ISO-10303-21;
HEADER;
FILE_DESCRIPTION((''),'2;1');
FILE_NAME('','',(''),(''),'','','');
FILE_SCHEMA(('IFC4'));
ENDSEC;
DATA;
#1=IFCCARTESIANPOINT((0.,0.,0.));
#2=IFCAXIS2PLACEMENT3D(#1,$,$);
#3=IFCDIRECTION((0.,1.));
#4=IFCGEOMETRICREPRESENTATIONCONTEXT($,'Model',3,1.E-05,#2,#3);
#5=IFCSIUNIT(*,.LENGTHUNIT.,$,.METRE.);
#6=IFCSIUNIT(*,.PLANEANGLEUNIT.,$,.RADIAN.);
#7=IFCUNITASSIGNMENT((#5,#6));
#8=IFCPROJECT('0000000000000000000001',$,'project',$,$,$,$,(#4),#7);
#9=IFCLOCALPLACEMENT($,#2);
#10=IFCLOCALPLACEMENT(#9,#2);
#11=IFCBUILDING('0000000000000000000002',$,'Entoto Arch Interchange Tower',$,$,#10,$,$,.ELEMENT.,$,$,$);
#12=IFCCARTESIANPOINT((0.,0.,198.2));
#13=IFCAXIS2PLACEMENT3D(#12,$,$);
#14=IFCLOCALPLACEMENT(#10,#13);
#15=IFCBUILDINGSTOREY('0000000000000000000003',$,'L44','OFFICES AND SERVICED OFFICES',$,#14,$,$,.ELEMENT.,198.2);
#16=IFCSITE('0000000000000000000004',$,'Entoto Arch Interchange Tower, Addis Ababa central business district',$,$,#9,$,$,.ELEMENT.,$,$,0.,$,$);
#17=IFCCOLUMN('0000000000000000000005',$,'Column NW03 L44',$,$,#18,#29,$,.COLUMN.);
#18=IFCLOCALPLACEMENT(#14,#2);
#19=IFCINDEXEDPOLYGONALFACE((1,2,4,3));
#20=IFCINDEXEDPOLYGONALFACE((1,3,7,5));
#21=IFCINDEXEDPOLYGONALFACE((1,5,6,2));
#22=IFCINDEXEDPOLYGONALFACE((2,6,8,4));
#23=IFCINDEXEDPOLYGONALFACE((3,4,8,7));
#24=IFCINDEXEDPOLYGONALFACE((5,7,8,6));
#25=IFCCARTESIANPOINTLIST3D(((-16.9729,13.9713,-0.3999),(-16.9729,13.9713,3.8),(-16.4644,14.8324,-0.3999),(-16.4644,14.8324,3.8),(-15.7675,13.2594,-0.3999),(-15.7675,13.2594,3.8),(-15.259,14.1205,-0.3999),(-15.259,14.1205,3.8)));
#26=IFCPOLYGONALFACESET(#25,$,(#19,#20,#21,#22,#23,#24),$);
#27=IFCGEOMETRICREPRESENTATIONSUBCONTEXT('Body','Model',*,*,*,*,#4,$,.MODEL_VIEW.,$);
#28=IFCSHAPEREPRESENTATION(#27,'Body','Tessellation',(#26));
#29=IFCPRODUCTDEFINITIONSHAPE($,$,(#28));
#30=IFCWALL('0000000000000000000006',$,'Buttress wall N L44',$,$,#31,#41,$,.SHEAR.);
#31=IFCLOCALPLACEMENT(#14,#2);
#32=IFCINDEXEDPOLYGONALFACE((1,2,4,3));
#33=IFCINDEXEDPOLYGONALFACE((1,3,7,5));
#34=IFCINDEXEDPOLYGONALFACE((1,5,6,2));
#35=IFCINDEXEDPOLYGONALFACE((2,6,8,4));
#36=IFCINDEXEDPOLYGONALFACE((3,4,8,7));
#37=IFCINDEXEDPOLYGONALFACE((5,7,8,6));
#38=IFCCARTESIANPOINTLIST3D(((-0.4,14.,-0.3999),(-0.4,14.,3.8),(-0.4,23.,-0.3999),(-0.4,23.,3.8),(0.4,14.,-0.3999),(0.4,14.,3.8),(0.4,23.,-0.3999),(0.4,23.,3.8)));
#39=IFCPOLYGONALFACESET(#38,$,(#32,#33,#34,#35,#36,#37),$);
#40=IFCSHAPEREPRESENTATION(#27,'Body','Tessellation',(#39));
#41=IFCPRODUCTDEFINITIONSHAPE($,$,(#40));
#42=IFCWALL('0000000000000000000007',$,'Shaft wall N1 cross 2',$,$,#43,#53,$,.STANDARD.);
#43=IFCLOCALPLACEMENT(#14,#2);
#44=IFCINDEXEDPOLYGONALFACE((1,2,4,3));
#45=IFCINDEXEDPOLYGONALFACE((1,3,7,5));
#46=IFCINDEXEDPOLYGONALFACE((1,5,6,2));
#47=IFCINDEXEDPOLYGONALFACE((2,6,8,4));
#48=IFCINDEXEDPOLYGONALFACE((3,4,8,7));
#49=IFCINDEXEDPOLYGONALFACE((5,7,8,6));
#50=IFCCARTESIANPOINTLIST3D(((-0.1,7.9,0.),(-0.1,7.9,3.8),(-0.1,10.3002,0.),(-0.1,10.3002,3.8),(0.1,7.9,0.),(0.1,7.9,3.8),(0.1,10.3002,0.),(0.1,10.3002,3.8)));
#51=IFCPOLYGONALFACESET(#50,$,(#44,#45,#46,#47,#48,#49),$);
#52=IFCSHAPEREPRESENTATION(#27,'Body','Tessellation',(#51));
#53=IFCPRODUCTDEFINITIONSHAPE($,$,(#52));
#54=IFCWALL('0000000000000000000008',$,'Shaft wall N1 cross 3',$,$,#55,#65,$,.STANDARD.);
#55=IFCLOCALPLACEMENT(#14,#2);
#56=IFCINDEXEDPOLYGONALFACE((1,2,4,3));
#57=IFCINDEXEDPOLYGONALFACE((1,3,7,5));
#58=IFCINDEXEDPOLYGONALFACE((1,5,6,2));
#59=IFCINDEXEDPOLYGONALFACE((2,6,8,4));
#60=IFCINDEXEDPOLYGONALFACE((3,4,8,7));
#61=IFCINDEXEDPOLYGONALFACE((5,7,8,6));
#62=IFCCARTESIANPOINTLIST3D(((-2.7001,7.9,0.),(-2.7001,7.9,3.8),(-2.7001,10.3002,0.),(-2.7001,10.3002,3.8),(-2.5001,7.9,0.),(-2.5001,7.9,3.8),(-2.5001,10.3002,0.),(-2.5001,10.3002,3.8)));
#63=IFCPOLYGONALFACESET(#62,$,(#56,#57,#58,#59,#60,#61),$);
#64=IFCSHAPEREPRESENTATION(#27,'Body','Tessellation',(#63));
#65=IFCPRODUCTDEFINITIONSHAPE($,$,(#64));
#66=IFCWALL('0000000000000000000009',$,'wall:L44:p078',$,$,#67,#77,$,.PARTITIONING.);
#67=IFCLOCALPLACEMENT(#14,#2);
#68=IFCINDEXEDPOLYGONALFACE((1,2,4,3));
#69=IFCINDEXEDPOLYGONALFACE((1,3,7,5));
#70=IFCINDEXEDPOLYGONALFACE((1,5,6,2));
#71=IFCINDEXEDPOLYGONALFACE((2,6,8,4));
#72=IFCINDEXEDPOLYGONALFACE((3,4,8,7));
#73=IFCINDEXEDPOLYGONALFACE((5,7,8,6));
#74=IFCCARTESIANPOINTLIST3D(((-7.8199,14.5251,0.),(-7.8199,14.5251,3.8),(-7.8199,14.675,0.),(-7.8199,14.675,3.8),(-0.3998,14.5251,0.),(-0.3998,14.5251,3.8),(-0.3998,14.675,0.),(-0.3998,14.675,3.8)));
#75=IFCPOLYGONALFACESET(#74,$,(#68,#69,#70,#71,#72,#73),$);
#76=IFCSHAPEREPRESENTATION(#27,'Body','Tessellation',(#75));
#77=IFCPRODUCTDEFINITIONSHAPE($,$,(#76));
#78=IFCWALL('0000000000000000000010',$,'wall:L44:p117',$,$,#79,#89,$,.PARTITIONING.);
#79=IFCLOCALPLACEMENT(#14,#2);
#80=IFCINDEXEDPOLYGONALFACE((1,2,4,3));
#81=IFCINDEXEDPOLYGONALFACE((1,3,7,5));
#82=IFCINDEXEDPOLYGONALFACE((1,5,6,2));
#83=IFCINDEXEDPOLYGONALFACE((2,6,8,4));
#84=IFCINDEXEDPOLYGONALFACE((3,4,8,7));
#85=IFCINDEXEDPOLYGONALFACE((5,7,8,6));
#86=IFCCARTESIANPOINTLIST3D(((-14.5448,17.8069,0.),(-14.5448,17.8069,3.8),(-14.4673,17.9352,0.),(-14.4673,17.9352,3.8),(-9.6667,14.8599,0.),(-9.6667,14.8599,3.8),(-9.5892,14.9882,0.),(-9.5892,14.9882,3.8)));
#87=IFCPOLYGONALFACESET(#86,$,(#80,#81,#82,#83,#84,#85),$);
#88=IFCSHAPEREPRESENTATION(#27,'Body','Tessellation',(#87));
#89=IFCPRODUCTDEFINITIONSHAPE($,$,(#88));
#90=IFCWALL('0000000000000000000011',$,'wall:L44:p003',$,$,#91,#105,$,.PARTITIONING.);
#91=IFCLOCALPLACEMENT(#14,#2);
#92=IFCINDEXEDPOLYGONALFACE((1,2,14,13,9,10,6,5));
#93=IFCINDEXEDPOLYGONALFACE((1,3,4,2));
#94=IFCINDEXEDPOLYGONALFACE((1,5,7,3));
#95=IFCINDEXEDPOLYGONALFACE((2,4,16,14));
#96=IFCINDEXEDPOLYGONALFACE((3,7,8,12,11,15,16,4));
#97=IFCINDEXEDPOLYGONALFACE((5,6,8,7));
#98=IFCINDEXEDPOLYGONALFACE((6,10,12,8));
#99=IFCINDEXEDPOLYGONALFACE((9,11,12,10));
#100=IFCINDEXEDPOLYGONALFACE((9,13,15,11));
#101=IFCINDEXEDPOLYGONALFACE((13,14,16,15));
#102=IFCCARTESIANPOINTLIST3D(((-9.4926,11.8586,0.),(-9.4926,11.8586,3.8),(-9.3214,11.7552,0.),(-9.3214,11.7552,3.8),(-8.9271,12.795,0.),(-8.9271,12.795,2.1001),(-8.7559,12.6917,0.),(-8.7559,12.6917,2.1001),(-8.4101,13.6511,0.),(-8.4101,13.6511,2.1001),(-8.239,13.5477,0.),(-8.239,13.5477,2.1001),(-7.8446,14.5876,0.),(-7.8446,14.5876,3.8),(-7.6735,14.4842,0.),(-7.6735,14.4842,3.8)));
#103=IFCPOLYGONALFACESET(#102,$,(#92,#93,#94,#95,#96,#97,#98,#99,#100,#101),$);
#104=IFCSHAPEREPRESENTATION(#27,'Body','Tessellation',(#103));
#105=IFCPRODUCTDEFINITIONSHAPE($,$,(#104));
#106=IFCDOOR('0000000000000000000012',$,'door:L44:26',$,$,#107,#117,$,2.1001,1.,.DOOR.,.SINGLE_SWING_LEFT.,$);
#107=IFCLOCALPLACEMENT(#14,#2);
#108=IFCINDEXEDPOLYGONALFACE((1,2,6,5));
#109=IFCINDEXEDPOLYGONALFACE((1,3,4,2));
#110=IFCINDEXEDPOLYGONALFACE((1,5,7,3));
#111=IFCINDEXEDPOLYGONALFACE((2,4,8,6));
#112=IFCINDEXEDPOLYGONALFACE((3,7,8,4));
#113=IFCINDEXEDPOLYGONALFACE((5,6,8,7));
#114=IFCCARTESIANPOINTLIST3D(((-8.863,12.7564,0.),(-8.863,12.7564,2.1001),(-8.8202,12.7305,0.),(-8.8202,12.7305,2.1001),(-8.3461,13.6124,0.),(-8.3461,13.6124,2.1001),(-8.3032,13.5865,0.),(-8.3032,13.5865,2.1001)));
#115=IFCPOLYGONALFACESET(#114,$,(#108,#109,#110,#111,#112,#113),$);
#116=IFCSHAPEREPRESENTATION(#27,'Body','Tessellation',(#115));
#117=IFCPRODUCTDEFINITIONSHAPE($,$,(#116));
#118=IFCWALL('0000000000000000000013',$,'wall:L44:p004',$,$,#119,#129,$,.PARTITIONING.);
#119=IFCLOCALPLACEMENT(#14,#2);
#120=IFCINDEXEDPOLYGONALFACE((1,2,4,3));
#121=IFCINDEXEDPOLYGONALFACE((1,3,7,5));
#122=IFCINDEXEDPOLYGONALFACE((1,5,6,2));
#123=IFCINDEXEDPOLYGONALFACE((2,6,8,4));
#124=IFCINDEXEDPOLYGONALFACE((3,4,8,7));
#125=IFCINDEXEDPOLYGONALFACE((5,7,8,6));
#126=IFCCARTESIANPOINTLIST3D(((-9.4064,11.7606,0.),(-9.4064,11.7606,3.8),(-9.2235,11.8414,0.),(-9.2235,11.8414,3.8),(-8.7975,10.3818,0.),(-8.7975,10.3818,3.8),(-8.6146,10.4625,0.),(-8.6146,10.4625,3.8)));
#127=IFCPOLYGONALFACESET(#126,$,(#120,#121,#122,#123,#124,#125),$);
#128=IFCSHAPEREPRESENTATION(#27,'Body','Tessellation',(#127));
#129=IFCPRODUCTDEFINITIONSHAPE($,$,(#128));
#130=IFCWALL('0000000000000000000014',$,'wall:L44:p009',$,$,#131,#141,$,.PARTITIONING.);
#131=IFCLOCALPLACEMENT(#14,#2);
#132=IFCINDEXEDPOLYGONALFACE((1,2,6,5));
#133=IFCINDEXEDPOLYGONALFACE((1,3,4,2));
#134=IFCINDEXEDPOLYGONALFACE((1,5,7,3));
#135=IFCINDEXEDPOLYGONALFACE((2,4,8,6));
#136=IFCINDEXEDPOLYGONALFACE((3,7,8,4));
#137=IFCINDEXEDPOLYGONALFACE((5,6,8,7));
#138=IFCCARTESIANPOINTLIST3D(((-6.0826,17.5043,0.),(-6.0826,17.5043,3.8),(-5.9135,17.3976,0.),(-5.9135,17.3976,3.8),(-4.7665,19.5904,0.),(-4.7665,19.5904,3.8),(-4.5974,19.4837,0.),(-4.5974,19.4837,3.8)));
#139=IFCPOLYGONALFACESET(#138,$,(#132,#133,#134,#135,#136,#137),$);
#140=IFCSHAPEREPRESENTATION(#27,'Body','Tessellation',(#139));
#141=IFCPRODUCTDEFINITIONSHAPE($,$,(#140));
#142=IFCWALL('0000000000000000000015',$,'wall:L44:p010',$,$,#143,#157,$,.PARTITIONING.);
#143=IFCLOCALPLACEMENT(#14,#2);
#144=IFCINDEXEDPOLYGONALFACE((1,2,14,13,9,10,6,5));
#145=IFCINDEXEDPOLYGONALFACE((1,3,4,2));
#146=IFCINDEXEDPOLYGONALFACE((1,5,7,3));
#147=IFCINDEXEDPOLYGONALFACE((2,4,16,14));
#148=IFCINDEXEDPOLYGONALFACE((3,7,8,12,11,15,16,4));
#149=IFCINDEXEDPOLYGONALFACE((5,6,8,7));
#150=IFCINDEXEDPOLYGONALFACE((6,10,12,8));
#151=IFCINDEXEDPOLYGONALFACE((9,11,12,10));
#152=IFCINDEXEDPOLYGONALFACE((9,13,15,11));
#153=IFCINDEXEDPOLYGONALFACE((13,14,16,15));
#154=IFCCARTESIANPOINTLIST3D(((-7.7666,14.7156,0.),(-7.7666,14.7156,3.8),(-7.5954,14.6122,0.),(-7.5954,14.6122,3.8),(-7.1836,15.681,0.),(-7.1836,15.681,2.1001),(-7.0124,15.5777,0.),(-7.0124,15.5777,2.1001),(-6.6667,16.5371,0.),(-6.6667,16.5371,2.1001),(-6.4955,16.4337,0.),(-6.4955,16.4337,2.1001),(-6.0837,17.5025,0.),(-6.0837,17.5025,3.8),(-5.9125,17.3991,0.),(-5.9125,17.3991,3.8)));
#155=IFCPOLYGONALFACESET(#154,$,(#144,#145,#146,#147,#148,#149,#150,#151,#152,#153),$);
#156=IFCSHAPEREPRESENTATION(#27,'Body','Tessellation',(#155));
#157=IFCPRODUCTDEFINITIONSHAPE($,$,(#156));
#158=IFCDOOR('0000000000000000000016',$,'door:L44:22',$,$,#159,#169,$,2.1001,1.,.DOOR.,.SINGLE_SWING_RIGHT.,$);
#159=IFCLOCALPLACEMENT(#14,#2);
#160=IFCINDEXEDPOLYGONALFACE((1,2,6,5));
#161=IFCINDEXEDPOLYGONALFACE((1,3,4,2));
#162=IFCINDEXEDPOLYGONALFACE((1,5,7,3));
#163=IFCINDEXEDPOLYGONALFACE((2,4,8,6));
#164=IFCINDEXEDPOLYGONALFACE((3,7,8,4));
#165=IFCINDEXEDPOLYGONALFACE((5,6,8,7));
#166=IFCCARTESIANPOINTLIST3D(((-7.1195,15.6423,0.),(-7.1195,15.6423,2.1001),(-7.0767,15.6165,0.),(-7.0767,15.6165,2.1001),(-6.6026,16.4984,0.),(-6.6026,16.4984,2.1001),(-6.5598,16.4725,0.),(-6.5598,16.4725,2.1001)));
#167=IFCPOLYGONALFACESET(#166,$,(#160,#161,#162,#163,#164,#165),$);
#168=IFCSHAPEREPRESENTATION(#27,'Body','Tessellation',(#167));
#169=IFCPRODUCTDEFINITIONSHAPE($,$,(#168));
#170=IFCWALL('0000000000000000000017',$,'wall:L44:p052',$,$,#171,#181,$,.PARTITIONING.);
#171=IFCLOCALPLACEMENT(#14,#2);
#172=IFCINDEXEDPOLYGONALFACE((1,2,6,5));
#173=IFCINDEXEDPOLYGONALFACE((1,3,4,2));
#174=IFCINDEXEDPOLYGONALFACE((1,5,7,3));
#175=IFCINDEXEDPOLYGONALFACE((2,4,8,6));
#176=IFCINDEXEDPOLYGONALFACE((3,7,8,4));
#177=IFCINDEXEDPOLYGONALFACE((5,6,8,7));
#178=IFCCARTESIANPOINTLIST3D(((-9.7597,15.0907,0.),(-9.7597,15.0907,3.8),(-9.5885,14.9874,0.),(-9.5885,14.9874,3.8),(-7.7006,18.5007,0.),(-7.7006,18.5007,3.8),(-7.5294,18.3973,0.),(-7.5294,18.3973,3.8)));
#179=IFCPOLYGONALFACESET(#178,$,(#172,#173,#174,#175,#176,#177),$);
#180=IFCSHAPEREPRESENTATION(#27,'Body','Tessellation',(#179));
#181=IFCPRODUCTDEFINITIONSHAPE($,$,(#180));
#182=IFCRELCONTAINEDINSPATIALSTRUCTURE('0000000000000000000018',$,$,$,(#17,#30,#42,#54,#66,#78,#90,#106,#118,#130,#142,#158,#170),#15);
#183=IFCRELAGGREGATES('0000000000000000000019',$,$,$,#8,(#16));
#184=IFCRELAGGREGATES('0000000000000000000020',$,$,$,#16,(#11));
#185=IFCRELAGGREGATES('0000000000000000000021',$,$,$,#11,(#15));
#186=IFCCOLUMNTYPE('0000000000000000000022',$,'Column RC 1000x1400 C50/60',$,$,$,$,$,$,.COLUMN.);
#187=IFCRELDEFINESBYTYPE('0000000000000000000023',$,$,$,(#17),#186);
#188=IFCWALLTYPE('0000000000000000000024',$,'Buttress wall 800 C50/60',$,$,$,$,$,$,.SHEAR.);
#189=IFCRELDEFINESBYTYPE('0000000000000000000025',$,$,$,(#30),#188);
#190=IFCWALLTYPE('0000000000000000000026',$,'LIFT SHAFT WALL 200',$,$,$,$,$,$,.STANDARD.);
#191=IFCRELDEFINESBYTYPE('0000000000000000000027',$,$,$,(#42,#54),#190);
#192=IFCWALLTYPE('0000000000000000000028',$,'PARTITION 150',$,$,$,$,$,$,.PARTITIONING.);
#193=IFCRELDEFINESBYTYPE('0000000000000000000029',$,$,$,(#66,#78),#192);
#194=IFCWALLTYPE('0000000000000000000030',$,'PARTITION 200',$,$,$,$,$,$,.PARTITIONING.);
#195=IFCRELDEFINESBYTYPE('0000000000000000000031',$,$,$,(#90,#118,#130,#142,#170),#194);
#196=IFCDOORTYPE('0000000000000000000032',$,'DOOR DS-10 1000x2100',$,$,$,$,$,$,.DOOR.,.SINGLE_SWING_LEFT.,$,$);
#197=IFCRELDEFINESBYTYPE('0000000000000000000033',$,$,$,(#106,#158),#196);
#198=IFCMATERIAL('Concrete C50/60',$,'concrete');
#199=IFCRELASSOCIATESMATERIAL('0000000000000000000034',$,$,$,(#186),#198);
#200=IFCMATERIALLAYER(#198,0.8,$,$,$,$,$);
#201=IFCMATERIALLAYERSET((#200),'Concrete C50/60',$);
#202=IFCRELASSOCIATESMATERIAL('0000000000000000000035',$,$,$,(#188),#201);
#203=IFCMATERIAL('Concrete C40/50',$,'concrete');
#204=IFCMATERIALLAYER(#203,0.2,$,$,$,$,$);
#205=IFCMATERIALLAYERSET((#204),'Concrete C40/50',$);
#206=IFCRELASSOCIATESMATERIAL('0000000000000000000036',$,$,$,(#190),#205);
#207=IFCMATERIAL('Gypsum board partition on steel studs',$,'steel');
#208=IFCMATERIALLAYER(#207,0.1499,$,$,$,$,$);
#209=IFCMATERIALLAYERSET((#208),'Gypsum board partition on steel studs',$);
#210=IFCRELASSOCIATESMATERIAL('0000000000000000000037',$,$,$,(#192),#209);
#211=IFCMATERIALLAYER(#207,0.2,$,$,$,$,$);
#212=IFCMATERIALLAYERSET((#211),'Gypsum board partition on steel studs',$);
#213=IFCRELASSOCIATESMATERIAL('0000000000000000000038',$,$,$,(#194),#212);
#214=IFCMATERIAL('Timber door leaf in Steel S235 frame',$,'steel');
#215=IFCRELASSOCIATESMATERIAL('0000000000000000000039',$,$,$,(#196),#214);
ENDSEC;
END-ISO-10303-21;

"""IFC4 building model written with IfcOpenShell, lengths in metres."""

from ifc_helpers import new_model, si_unit, direction, frame, frame_2d, origin, origin_2d, place, context, subcontext, project, spatial, rectangle, extrude, material, layer, layer_set, material_profile, profile_set, type_object, element, fill, save


model = new_model("IFC4")

# Units and contexts
model_context = context("Model", 3, precision=1e-05, world=origin(), true_north=direction((0.0, 1.0)))
body_context = subcontext(model_context, "Body", "Model", "MODEL_VIEW")
ifc_project = project(units=[si_unit("LENGTHUNIT", "METRE"), si_unit("PLANEANGLEUNIT", "RADIAN")], contexts=[model_context])

# Site, building, storey
site_placement = place(None, origin())
site = spatial("IfcSite", under=ifc_project, at=site_placement, Name="Entoto Arch Interchange Tower, Addis Ababa central business district", CompositionType="ELEMENT", RefElevation=0.0)
building_placement = place(site_placement, origin())
building = spatial("IfcBuilding", under=site, at=building_placement, Name="Entoto Arch Interchange Tower", CompositionType="ELEMENT")
storey_placement = place(building_placement, frame((0.0, 0.0, 198.2)))
storey = spatial("IfcBuildingStorey", under=building, at=storey_placement, Name="L44", Description="OFFICES AND SERVICED OFFICES", CompositionType="ELEMENT", Elevation=198.2)

# Column
ifc_material_1 = material(Name="Concrete C50/60", Category="concrete")
ifc_material_profile = material_profile(ifc_material_1, rectangle(XDim=1.0, YDim=1.3999, at=origin_2d()))
ifc_profile_set = profile_set([ifc_material_profile], Name="Concrete C50/60")
column_type = type_object("IfcColumnType", Name="Column RC 1000x1400 C50/60", PredefinedType="COLUMN", material=ifc_profile_set)
column_placement = place(storey_placement, frame((-16.116, 14.0459, -0.3999), z_axis=(0.0, 0.0, 1.0), x_axis=(0.508516, 0.861053, 0.0)))
element("IfcColumn", 1, at=column_placement, inside=storey, type_object=column_type, Name="Column NW03 L44", PredefinedType="COLUMN", context=body_context, shape_type="SweptSolid", body=[
    extrude(rectangle(XDim=1.0, YDim=1.3999, at=origin_2d()), origin(), (0.0, 0.0, 1.0), 4.2),
])

# Walls
ifc_layer_1 = layer(ifc_material_1, 0.8)
ifc_layer_set_1 = layer_set([ifc_layer_1], Name="Concrete C50/60")
wall_type_1 = type_object("IfcWallType", Name="Buttress wall 800 C50/60", PredefinedType="SHEAR", material=ifc_layer_set_1)
wall_1_placement = place(storey_placement, frame((0.0, 14.0, -0.3999), z_axis=(0.0, 0.0, 1.0), x_axis=(0.0, 1.0, 0.0)))
element("IfcWall", 2, at=wall_1_placement, inside=storey, type_object=wall_type_1, Name="Buttress wall N L44", PredefinedType="SHEAR", context=body_context, shape_type="SweptSolid", body=[
    extrude(rectangle(XDim=9.0, YDim=0.8, at=frame_2d((4.5, 0.0))), origin(), (0.0, 0.0, 1.0), 4.2),
])
ifc_material_2 = material(Name="Concrete C40/50", Category="concrete")
ifc_layer_2 = layer(ifc_material_2, 0.2)
ifc_layer_set_2 = layer_set([ifc_layer_2], Name="Concrete C40/50")
wall_type_2 = type_object("IfcWallType", Name="LIFT SHAFT WALL 200", PredefinedType="STANDARD", material=ifc_layer_set_2)
for number, where, z_axis, x_axis, name in (
    (3, (0.0, 7.8999, 0.0), (0.0, 0.0, 1.0), (0.0, 1.0, 0.0), "Shaft wall N1 cross 2"),
    (4, (-2.6001, 7.8999, 0.0), (0.0, 0.0, 1.0), (0.0, 1.0, 0.0), "Shaft wall N1 cross 3"),
):
    element("IfcWall", number, at=place(storey_placement, frame(where, z_axis=z_axis, x_axis=x_axis)), inside=storey, type_object=wall_type_2, Name=name, PredefinedType="STANDARD", context=body_context, shape_type="SweptSolid", body=[
        extrude(rectangle(XDim=2.4001, YDim=0.2, at=frame_2d((1.2002, 0.0))), origin(), (0.0, 0.0, 1.0), 3.8),
    ])
ifc_material_3 = material(Name="Gypsum board partition on steel studs", Category="steel")
ifc_layer_3 = layer(ifc_material_3, 0.1499)
ifc_layer_set_3 = layer_set([ifc_layer_3], Name="Gypsum board partition on steel studs")
wall_type_3 = type_object("IfcWallType", Name="PARTITION 150", PredefinedType="PARTITIONING", material=ifc_layer_set_3)
wall_2_placement = place(storey_placement, frame((-0.3999, 14.6001, 0.0), z_axis=(0.0, 0.0, 1.0), x_axis=(-1.0, 0.0, 0.0)))
element("IfcWall", 5, at=wall_2_placement, inside=storey, type_object=wall_type_3, Name="wall:L44:p078", PredefinedType="PARTITIONING", context=body_context, shape_type="SweptSolid", body=[
    extrude(rectangle(XDim=7.4202, YDim=0.1499, at=frame_2d((3.71, 0.0))), origin(), (0.0, 0.0, 1.0), 3.8),
])
wall_3_placement = place(storey_placement, frame((-9.6279, 14.9241, 0.0), z_axis=(0.0, 0.0, 1.0), x_axis=(-0.855932, 0.517089, 0.0)))
element("IfcWall", 6, at=wall_3_placement, inside=storey, type_object=wall_type_3, Name="wall:L44:p117", PredefinedType="PARTITIONING", context=body_context, shape_type="SweptSolid", body=[
    extrude(rectangle(XDim=5.6992, YDim=0.1499, at=frame_2d((2.8496, 0.0))), origin(), (0.0, 0.0, 1.0), 3.8),
])

# Wall, opening, door
ifc_layer_4 = layer(ifc_material_3, 0.2)
ifc_layer_set_4 = layer_set([ifc_layer_4], Name="Gypsum board partition on steel studs")
wall_type_4 = type_object("IfcWallType", Name="PARTITION 200", PredefinedType="PARTITIONING", material=ifc_layer_set_4)
wall_4_placement = place(storey_placement, frame((-7.759, 14.5359, 0.0), z_axis=(0.0, 0.0, 1.0), x_axis=(-0.516926, -0.85603, 0.0)))
wall_4 = element("IfcWall", 7, at=wall_4_placement, inside=storey, type_object=wall_type_4, Name="wall:L44:p003", PredefinedType="PARTITIONING", context=body_context, shape_type="SweptSolid", body=[
    extrude(rectangle(XDim=3.188, YDim=0.2, at=frame_2d((1.594, 0.0))), origin(), (0.0, 0.0, 1.0), 3.8),
])
opening_1_placement = place(wall_4_placement, frame((1.094, 0.0, 0.0)))
opening_1 = element("IfcOpeningElement", 8, at=opening_1_placement, cuts=wall_4, PredefinedType="OPENING", context=body_context, shape_type="SweptSolid", body=[
    extrude(rectangle(XDim=1.0, YDim=2.1001, at=frame_2d((0.5, 1.05))), frame((0.0, 0.1099, 0.0), z_axis=(0.0, -1.0, 0.0), x_axis=(1.0, 0.0, 0.0)), (0.0, 0.0, 1.0), 0.22),
])
ifc_material_4 = material(Name="Timber door leaf in Steel S235 frame", Category="steel")
door_type_1 = type_object("IfcDoorType", Name="DOOR DS-10 1000x2100", OperationType="SINGLE_SWING_LEFT", PredefinedType="DOOR", material=ifc_material_4)
door_1_placement = place(opening_1_placement, origin())
door_1 = element("IfcDoor", 9, at=door_1_placement, inside=storey, type_object=door_type_1, Name="door:L44:26", OperationType="SINGLE_SWING_LEFT", OverallHeight=2.1001, OverallWidth=1.0, PredefinedType="DOOR", context=body_context, shape_type="SweptSolid", body=[
    extrude(rectangle(XDim=1.0, YDim=2.1001, at=frame_2d((0.5, 1.05))), frame((0.0, 0.0249, 0.0), z_axis=(0.0, -1.0, 0.0), x_axis=(1.0, 0.0, 0.0)), (0.0, 0.0, 1.0), 0.05),
])
fill(opening_1, door_1)

# Walls
wall_5_placement = place(storey_placement, frame((-9.3149, 11.801, 0.0), z_axis=(0.0, 0.0, 1.0), x_axis=(0.403943, -0.914784, 0.0)))
element("IfcWall", 10, at=wall_5_placement, inside=storey, type_object=wall_type_4, Name="wall:L44:p004", PredefinedType="PARTITIONING", context=body_context, shape_type="SweptSolid", body=[
    extrude(rectangle(XDim=1.5073, YDim=0.2, at=frame_2d((0.7537, 0.0))), origin(), (0.0, 0.0, 1.0), 3.8),
])
wall_6_placement = place(storey_placement, frame((-4.6819, 19.5371, 0.0), z_axis=(0.0, 0.0, 1.0), x_axis=(-0.53358, -0.84575, 0.0)))
element("IfcWall", 11, at=wall_6_placement, inside=storey, type_object=wall_type_4, Name="wall:L44:p009", PredefinedType="PARTITIONING", context=body_context, shape_type="SweptSolid", body=[
    extrude(rectangle(XDim=2.4666, YDim=0.2, at=frame_2d((1.2334, 0.0))), origin(), (0.0, 0.0, 1.0), 3.8),
])

# Wall, opening, door
wall_7_placement = place(storey_placement, frame((-5.998, 17.4509, 0.0), z_axis=(0.0, 0.0, 1.0), x_axis=(-0.51692, -0.856034, 0.0)))
wall_7 = element("IfcWall", 12, at=wall_7_placement, inside=storey, type_object=wall_type_4, Name="wall:L44:p010", PredefinedType="PARTITIONING", context=body_context, shape_type="SweptSolid", body=[
    extrude(rectangle(XDim=3.2556, YDim=0.2, at=frame_2d((1.6279, 0.0))), origin(), (0.0, 0.0, 1.0), 3.8),
])
opening_2_placement = place(wall_7_placement, frame((1.1279, 0.0, 0.0)))
opening_2 = element("IfcOpeningElement", 13, at=opening_2_placement, cuts=wall_7, PredefinedType="OPENING", context=body_context, shape_type="SweptSolid", body=[
    extrude(rectangle(XDim=1.0, YDim=2.1001, at=frame_2d((0.5, 1.05))), frame((0.0, 0.1099, 0.0), z_axis=(0.0, -1.0, 0.0), x_axis=(1.0, 0.0, 0.0)), (0.0, 0.0, 1.0), 0.22),
])
door_2_placement = place(opening_2_placement, origin())
door_2 = element("IfcDoor", 14, at=door_2_placement, inside=storey, type_object=door_type_1, Name="door:L44:22", OperationType="SINGLE_SWING_RIGHT", OverallHeight=2.1001, OverallWidth=1.0, PredefinedType="DOOR", context=body_context, shape_type="SweptSolid", body=[
    extrude(rectangle(XDim=1.0, YDim=2.1001, at=frame_2d((0.5, 1.05))), frame((0.0, 0.0249, 0.0), z_axis=(0.0, -1.0, 0.0), x_axis=(1.0, 0.0, 0.0)), (0.0, 0.0, 1.0), 0.05),
])
fill(opening_2, door_2)

# Wall
wall_8_placement = place(storey_placement, frame((-9.6741, 15.0391, 0.0), z_axis=(0.0, 0.0, 1.0), x_axis=(0.516918, 0.856035, 0.0)))
element("IfcWall", 15, at=wall_8_placement, inside=storey, type_object=wall_type_4, Name="wall:L44:p052", PredefinedType="PARTITIONING", context=body_context, shape_type="SweptSolid", body=[
    extrude(rectangle(XDim=3.9834, YDim=0.2, at=frame_2d((1.9917, 0.0))), origin(), (0.0, 0.0, 1.0), 3.8),
])

save(model, "model.ifc")
